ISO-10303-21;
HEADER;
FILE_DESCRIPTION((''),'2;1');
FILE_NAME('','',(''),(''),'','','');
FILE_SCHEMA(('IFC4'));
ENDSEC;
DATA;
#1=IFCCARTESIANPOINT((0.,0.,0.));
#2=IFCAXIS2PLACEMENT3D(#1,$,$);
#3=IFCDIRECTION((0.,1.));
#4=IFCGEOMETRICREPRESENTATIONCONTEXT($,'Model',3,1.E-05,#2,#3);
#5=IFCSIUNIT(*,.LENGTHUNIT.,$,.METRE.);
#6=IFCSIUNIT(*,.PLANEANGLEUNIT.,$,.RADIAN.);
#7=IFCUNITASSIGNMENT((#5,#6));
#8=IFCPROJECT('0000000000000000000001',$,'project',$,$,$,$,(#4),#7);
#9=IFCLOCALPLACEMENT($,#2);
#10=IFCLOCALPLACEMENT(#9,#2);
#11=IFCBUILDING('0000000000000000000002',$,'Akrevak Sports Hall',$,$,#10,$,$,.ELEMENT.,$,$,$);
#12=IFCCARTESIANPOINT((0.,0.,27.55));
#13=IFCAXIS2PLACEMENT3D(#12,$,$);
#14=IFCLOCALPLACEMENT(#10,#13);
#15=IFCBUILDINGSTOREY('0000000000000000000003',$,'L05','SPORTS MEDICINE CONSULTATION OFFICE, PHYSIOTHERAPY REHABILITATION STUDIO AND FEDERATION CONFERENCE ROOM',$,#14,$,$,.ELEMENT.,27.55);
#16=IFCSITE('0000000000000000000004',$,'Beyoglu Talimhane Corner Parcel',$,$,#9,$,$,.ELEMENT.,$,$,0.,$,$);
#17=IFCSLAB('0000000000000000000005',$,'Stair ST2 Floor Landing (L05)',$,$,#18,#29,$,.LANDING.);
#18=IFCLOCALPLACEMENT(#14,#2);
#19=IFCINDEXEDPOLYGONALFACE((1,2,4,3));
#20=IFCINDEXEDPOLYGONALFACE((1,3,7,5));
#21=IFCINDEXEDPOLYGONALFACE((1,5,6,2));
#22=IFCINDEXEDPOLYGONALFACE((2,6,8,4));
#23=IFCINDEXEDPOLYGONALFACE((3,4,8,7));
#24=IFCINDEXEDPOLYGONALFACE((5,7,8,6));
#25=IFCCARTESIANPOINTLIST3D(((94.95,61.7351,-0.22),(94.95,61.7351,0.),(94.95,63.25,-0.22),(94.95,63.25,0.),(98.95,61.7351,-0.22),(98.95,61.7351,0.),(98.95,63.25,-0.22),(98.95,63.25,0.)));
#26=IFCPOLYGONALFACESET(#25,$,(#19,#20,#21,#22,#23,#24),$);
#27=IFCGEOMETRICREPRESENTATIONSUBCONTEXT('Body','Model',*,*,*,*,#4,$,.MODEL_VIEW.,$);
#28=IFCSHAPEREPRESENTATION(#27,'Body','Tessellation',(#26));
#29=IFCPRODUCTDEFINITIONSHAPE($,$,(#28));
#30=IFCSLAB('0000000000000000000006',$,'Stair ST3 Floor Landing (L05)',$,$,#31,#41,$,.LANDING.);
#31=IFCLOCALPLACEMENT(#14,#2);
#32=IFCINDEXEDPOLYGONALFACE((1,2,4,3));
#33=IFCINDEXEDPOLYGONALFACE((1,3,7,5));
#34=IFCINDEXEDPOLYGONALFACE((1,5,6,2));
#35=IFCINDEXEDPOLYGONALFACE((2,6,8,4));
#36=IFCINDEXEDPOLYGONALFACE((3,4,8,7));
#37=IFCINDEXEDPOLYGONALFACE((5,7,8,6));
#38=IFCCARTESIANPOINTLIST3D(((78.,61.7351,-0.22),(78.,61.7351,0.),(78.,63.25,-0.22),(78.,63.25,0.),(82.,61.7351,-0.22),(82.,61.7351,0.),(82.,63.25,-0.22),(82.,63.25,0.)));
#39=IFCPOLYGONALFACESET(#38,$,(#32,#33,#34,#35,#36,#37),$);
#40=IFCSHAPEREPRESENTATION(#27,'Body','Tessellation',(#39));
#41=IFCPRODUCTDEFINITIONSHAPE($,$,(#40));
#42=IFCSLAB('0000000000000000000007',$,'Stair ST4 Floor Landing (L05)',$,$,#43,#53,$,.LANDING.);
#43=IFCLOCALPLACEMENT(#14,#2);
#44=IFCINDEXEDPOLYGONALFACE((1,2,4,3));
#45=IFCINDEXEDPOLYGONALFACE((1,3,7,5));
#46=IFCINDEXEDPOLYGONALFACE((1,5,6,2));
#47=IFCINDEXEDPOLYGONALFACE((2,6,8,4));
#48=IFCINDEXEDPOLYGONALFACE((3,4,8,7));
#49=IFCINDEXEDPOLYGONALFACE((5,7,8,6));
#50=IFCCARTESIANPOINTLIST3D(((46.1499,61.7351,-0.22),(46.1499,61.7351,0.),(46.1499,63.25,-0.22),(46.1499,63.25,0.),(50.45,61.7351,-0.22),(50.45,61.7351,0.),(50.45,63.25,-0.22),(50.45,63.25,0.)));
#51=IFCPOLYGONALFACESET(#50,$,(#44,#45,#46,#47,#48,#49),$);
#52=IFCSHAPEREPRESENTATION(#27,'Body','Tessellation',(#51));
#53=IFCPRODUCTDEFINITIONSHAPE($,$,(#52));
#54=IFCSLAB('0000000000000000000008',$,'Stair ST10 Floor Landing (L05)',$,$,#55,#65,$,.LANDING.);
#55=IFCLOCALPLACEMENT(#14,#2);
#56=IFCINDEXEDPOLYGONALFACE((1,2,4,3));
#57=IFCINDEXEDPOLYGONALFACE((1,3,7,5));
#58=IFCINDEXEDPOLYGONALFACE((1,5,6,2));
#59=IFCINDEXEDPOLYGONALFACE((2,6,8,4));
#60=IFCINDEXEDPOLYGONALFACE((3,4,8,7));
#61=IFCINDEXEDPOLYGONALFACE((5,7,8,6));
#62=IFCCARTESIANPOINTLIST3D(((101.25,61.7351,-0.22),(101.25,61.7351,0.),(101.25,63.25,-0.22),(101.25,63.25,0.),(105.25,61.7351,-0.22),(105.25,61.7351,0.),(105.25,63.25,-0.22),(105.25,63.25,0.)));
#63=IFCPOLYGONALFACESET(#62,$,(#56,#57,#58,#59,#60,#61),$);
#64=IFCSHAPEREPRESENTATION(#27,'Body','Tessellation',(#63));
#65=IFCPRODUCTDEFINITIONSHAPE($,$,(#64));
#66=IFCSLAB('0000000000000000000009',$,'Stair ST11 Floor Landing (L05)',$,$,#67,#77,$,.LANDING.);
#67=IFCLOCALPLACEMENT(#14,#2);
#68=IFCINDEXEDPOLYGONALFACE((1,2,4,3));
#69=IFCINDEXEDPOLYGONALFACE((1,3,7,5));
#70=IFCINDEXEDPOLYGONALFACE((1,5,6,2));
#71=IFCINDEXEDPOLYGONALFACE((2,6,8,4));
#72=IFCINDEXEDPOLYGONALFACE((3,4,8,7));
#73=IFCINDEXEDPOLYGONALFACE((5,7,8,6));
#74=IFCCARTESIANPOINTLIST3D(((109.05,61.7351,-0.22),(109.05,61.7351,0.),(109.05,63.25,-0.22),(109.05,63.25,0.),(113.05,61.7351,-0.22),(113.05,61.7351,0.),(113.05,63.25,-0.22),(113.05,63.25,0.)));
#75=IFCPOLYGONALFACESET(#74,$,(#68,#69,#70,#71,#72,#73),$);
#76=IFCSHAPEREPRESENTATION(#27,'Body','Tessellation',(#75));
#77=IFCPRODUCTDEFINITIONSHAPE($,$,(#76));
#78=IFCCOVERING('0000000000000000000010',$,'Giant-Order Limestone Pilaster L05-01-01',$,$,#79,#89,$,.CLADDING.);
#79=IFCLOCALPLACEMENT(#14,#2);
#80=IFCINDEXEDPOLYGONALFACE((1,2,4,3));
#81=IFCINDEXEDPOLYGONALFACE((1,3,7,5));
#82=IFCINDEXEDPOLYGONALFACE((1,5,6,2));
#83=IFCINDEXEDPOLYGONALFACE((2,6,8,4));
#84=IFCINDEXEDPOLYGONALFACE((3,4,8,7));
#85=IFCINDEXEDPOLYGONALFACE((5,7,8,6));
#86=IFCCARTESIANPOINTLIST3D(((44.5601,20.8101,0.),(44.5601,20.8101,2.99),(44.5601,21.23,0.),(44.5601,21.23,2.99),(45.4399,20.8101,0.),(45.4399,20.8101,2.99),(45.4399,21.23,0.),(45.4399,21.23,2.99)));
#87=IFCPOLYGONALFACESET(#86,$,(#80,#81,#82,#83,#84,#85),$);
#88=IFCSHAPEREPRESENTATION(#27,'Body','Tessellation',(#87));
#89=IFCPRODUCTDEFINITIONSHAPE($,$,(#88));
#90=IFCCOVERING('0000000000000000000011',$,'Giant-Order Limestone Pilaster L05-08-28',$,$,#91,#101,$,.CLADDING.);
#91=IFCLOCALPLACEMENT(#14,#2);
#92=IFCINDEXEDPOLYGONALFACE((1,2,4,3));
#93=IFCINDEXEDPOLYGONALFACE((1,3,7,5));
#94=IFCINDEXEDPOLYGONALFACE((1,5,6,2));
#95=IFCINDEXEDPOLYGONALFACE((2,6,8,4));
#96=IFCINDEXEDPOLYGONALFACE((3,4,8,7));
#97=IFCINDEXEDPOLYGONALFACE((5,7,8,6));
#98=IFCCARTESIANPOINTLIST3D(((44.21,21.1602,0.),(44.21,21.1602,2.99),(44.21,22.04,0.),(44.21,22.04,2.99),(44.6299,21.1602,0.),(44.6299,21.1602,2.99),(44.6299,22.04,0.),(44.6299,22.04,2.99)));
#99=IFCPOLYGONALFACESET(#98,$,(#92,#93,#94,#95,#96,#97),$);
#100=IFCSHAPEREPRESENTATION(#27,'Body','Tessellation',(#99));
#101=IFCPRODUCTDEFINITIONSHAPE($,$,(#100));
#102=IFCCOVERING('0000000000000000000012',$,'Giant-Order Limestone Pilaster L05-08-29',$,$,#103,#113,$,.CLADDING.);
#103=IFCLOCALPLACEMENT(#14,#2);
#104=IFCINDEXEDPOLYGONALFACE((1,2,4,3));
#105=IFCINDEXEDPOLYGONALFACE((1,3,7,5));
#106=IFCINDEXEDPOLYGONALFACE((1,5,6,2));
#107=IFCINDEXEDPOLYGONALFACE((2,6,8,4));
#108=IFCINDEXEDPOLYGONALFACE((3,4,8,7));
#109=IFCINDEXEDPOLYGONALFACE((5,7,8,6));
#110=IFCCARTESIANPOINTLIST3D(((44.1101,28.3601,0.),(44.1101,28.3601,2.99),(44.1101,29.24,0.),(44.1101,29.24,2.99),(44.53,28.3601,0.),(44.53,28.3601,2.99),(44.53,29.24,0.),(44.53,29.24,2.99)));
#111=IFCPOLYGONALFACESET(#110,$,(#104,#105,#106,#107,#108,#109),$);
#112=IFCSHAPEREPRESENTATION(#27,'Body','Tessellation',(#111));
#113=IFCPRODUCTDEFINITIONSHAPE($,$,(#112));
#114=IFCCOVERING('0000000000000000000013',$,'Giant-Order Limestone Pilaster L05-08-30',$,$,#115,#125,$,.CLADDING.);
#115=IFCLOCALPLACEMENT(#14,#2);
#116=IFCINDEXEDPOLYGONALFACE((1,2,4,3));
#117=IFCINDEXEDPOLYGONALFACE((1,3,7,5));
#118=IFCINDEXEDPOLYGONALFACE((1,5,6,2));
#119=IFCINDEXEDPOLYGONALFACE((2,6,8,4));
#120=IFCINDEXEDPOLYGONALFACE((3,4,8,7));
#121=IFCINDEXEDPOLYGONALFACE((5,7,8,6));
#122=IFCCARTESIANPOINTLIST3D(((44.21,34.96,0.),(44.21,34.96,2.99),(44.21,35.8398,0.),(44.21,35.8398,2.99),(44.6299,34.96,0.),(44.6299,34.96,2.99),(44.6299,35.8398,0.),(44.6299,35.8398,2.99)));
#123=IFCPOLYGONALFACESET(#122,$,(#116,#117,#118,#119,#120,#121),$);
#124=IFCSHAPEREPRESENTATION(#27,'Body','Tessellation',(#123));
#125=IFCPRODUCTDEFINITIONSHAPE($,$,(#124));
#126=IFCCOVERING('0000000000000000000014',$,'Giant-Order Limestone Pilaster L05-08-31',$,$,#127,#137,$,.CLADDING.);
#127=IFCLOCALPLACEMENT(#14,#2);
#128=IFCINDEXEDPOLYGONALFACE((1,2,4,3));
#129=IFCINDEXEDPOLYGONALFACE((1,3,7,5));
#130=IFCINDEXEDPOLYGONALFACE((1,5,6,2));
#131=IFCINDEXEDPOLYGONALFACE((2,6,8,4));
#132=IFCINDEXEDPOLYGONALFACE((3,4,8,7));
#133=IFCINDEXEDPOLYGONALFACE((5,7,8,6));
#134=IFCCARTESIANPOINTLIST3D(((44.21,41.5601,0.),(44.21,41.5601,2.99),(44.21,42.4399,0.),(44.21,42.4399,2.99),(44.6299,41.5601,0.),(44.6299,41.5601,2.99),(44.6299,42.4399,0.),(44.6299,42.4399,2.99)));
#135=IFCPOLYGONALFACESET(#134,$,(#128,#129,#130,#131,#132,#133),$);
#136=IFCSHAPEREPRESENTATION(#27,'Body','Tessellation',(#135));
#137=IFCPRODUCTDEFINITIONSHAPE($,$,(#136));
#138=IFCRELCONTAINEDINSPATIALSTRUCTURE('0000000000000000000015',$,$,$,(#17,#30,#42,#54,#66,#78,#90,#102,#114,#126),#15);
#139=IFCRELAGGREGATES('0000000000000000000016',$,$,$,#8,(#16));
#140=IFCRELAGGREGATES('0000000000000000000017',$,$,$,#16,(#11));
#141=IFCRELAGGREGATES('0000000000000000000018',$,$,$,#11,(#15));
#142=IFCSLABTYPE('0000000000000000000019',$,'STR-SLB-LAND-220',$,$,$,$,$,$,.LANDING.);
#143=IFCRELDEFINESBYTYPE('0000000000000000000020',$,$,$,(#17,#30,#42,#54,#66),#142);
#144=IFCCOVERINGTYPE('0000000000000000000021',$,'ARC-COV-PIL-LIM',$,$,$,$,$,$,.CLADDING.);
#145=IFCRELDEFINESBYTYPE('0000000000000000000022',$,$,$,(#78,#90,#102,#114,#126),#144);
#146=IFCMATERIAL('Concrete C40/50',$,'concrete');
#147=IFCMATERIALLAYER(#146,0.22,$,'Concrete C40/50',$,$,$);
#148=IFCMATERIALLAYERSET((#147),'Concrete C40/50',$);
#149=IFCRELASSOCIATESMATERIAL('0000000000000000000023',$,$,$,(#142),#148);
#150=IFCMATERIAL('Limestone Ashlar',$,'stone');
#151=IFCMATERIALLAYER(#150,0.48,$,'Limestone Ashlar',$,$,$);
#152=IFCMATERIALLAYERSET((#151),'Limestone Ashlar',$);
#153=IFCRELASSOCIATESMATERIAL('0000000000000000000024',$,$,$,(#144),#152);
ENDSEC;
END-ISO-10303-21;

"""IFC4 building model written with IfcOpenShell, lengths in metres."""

from ifc_helpers import new_model, si_unit, direction, frame, origin, origin_2d, place, context, subcontext, project, spatial, polyline, rectangle, outline, extrude, material, layer, layer_set, type_object, element, save


model = new_model("IFC4")

# Units and contexts
model_context = context("Model", 3, precision=1e-05, world=origin(), true_north=direction((0.0, 1.0)))
body_context = subcontext(model_context, "Body", "Model", "MODEL_VIEW")
ifc_project = project(units=[si_unit("LENGTHUNIT", "METRE"), si_unit("PLANEANGLEUNIT", "RADIAN")], contexts=[model_context])

# Site, building, storey
site_placement = place(None, origin())
site = spatial("IfcSite", under=ifc_project, at=site_placement, Name="Beyoglu Talimhane Corner Parcel", CompositionType="ELEMENT", RefElevation=0.0)
building_placement = place(site_placement, origin())
building = spatial("IfcBuilding", under=site, at=building_placement, Name="Akrevak Sports Hall", CompositionType="ELEMENT")
storey_placement = place(building_placement, frame((0.0, 0.0, 27.55)))
storey = spatial("IfcBuildingStorey", under=building, at=storey_placement, Name="L05", Description="SPORTS MEDICINE CONSULTATION OFFICE, PHYSIOTHERAPY REHABILITATION STUDIO AND FEDERATION CONFERENCE ROOM", CompositionType="ELEMENT", Elevation=27.55)

# Shared definitions
ifc_material_1 = material(Name="Concrete C40/50", Category="concrete")

# Slabs
ifc_layer_1 = layer(ifc_material_1, 0.22, Name="Concrete C40/50")
ifc_layer_set_1 = layer_set([ifc_layer_1], Name="Concrete C40/50")
slab_type_1 = type_object("IfcSlabType", Name="STR-SLB-LAND-220", PredefinedType="LANDING", material=ifc_layer_set_1)
slab_1_placement = place(storey_placement, frame((0.0, 0.0, -0.22)))
element("IfcSlab", 1, at=slab_1_placement, inside=storey, type_object=slab_type_1, Name="Stair ST2 Floor Landing (L05)", PredefinedType="LANDING", context=body_context, shape_type="SweptSolid", body=[
    extrude(outline(polyline([(94.95, 61.7351), (98.95, 61.7351), (98.95, 63.25), (94.95, 63.25), (94.95, 61.7351)])), origin(), (0.0, 0.0, 1.0), 0.22),
])
slab_2_placement = place(storey_placement, frame((0.0, 0.0, -0.22)))
element("IfcSlab", 2, at=slab_2_placement, inside=storey, type_object=slab_type_1, Name="Stair ST3 Floor Landing (L05)", PredefinedType="LANDING", context=body_context, shape_type="SweptSolid", body=[
    extrude(outline(polyline([(78.0, 61.7351), (82.0, 61.7351), (82.0, 63.25), (78.0, 63.25), (78.0, 61.7351)])), origin(), (0.0, 0.0, 1.0), 0.22),
])
slab_3_placement = place(storey_placement, frame((0.0, 0.0, -0.22)))
element("IfcSlab", 3, at=slab_3_placement, inside=storey, type_object=slab_type_1, Name="Stair ST4 Floor Landing (L05)", PredefinedType="LANDING", context=body_context, shape_type="SweptSolid", body=[
    extrude(outline(polyline([(46.1499, 61.7351), (50.45, 61.7351), (50.45, 63.25), (46.1499, 63.25), (46.1499, 61.7351)])), origin(), (0.0, 0.0, 1.0), 0.22),
])
slab_4_placement = place(storey_placement, frame((0.0, 0.0, -0.22)))
element("IfcSlab", 4, at=slab_4_placement, inside=storey, type_object=slab_type_1, Name="Stair ST10 Floor Landing (L05)", PredefinedType="LANDING", context=body_context, shape_type="SweptSolid", body=[
    extrude(outline(polyline([(101.25, 61.7351), (105.25, 61.7351), (105.25, 63.25), (101.25, 63.25), (101.25, 61.7351)])), origin(), (0.0, 0.0, 1.0), 0.22),
])
slab_5_placement = place(storey_placement, frame((0.0, 0.0, -0.22)))
element("IfcSlab", 5, at=slab_5_placement, inside=storey, type_object=slab_type_1, Name="Stair ST11 Floor Landing (L05)", PredefinedType="LANDING", context=body_context, shape_type="SweptSolid", body=[
    extrude(outline(polyline([(109.05, 61.7351), (113.05, 61.7351), (113.05, 63.25), (109.05, 63.25), (109.05, 61.7351)])), origin(), (0.0, 0.0, 1.0), 0.22),
])

# Coverings
ifc_material_2 = material(Name="Limestone Ashlar", Category="stone")
ifc_layer_2 = layer(ifc_material_2, 0.48, Name="Limestone Ashlar")
ifc_layer_set_2 = layer_set([ifc_layer_2], Name="Limestone Ashlar")
covering_type = type_object("IfcCoveringType", Name="ARC-COV-PIL-LIM", PredefinedType="CLADDING", material=ifc_layer_set_2)
for number, where, z_axis, x_axis, name in (
    (6, (45.0, 21.02, 0.0), (0.0, 0.0, 1.0), (1.0, 0.0, 0.0), "Giant-Order Limestone Pilaster L05-01-01"),
    (7, (44.4199, 21.6001, 0.0), (0.0, 0.0, 1.0), (0.0, -1.0, 0.0), "Giant-Order Limestone Pilaster L05-08-28"),
    (8, (44.3201, 28.8, 0.0), (0.0, 0.0, 1.0), (0.0, -1.0, 0.0), "Giant-Order Limestone Pilaster L05-08-29"),
    (9, (44.4199, 35.3999, 0.0), (0.0, 0.0, 1.0), (0.0, -1.0, 0.0), "Giant-Order Limestone Pilaster L05-08-30"),
    (10, (44.4199, 42.0, 0.0), (0.0, 0.0, 1.0), (0.0, -1.0, 0.0), "Giant-Order Limestone Pilaster L05-08-31"),
):
    element("IfcCovering", number, at=place(storey_placement, frame(where, z_axis=z_axis, x_axis=x_axis)), inside=storey, type_object=covering_type, Name=name, PredefinedType="CLADDING", context=body_context, shape_type="SweptSolid", body=[
        extrude(rectangle(XDim=0.8799, YDim=0.4199, at=origin_2d()), origin(), (0.0, 0.0, 1.0), 2.99),
    ])

save(model, "model.ifc")
